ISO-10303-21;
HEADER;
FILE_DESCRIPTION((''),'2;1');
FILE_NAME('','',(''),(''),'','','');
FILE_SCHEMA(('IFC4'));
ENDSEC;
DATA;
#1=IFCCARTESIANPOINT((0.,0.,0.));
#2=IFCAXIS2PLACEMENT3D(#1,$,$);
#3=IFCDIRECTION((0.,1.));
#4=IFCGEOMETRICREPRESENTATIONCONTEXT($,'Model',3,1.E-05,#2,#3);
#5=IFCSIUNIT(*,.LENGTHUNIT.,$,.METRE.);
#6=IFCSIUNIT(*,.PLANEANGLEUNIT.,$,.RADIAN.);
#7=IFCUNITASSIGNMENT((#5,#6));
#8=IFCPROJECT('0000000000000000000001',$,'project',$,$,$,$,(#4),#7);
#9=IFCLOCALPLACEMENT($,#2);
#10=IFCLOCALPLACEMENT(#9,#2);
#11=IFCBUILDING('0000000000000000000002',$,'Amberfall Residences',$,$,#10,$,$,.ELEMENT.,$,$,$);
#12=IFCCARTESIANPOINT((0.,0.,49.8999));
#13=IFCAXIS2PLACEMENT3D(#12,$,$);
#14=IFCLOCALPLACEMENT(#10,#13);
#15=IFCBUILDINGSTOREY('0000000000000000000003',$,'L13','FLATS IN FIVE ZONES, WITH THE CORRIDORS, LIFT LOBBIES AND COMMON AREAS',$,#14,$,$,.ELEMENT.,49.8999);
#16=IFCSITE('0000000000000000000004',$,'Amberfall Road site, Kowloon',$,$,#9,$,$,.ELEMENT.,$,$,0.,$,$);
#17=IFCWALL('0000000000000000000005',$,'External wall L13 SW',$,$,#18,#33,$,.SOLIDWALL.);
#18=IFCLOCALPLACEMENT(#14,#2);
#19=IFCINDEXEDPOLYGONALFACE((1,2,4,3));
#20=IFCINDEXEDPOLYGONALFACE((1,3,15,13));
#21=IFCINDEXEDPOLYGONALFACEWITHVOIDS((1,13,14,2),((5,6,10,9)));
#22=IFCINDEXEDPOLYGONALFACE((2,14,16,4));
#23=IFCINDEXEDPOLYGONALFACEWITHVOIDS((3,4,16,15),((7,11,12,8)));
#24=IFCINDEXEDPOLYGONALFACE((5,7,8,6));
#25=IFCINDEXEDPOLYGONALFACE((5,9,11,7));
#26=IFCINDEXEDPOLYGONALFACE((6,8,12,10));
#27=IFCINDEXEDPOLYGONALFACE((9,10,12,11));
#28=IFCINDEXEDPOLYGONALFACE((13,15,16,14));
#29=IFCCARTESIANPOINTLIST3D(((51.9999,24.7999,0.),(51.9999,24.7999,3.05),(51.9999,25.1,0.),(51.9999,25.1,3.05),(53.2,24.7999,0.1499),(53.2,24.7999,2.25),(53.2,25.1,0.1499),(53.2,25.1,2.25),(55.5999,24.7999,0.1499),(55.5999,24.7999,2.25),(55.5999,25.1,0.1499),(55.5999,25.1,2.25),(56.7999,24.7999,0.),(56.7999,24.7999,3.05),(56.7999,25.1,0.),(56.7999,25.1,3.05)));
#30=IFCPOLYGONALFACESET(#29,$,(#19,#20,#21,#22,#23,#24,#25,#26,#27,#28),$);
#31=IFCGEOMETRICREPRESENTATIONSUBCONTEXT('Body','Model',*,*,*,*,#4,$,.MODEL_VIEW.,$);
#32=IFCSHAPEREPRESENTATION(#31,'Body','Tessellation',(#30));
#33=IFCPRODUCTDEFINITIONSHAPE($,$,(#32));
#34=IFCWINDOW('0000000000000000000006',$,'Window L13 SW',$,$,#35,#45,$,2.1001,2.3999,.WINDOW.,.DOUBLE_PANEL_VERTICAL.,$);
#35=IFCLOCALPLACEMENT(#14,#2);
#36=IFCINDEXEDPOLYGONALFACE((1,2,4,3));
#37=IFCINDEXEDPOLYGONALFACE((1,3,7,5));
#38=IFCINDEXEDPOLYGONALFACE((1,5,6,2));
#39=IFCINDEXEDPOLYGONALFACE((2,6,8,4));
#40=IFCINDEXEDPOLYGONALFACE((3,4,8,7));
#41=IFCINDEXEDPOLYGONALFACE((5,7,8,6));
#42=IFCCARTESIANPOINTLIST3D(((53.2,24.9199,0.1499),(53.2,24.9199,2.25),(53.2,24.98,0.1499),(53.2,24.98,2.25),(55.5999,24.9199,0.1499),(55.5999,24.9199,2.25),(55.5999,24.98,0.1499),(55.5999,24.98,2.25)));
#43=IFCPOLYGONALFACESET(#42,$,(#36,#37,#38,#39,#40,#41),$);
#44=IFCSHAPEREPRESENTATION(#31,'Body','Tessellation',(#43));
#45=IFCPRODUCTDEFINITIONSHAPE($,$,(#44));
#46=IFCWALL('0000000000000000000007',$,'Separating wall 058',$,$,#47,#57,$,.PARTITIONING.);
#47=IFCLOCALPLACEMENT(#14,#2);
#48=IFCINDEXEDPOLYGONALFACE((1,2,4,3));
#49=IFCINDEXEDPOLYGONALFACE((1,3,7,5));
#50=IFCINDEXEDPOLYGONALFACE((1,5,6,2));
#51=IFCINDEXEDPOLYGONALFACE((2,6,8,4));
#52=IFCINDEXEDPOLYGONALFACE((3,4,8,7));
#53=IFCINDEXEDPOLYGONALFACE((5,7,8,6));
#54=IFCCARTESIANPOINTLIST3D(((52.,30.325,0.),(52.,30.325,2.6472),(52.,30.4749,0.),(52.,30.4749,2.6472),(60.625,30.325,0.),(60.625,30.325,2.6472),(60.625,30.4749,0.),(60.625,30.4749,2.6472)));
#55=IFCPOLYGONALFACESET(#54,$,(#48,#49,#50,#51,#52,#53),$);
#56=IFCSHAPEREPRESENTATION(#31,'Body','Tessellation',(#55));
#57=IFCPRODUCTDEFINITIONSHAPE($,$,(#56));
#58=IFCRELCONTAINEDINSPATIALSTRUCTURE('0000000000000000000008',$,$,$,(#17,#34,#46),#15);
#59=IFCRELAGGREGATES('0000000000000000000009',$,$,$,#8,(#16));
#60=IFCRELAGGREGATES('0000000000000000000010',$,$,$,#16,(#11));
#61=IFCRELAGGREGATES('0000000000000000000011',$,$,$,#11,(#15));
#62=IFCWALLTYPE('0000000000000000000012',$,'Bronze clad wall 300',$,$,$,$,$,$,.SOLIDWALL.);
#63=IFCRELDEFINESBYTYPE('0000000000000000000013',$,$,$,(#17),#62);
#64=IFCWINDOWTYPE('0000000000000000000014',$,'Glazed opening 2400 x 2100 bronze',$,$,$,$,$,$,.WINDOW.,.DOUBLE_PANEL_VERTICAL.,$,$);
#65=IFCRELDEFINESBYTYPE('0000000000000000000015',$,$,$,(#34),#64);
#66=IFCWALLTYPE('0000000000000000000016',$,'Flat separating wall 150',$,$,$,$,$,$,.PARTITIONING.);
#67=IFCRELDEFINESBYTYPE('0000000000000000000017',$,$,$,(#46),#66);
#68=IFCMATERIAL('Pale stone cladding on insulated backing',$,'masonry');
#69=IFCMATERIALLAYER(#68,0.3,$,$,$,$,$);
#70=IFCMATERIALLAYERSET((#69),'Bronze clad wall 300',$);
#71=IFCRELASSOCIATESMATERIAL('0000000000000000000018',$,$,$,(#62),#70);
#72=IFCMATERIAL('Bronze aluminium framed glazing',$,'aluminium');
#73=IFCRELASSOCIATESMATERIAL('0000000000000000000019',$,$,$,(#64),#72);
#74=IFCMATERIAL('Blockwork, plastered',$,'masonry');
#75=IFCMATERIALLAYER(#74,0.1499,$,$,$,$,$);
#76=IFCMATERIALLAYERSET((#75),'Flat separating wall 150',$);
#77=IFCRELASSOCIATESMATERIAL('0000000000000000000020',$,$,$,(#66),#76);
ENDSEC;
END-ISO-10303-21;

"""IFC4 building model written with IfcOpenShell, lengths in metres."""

from ifc_helpers import new_model, si_unit, direction, frame, frame_2d, origin, place, context, subcontext, project, spatial, rectangle, extrude, material, layer, layer_set, type_object, element, fill, save


model = new_model("IFC4")

# Units and contexts
model_context = context("Model", 3, precision=1e-05, world=origin(), true_north=direction((0.0, 1.0)))
body_context = subcontext(model_context, "Body", "Model", "MODEL_VIEW")
ifc_project = project(units=[si_unit("LENGTHUNIT", "METRE"), si_unit("PLANEANGLEUNIT", "RADIAN")], contexts=[model_context])

# Site, building, storey
site_placement = place(None, origin())
site = spatial("IfcSite", under=ifc_project, at=site_placement, Name="Amberfall Road site, Kowloon", CompositionType="ELEMENT", RefElevation=0.0)
building_placement = place(site_placement, origin())
building = spatial("IfcBuilding", under=site, at=building_placement, Name="Amberfall Residences", CompositionType="ELEMENT")
storey_placement = place(building_placement, frame((0.0, 0.0, 49.8999)))
storey = spatial("IfcBuildingStorey", under=building, at=storey_placement, Name="L13", Description="FLATS IN FIVE ZONES, WITH THE CORRIDORS, LIFT LOBBIES AND COMMON AREAS", CompositionType="ELEMENT", Elevation=49.8999)

# Wall, opening, window
ifc_material_1 = material(Name="Pale stone cladding on insulated backing", Category="masonry")
ifc_layer_1 = layer(ifc_material_1, 0.3)
ifc_layer_set_1 = layer_set([ifc_layer_1], Name="Bronze clad wall 300")
wall_type_1 = type_object("IfcWallType", Name="Bronze clad wall 300", PredefinedType="SOLIDWALL", material=ifc_layer_set_1)
wall_1_placement = place(storey_placement, frame((52.0, 24.95, 0.0), z_axis=(0.0, 0.0, 1.0), x_axis=(1.0, 0.0, 0.0)))
wall_1 = element("IfcWall", 1, at=wall_1_placement, inside=storey, type_object=wall_type_1, Name="External wall L13 SW", PredefinedType="SOLIDWALL", context=body_context, shape_type="SweptSolid", body=[
    extrude(rectangle(XDim=4.8, YDim=0.3, at=frame_2d((2.3999, 0.0))), origin(), (0.0, 0.0, 1.0), 3.05),
])
opening_placement = place(wall_1_placement, frame((1.2, 0.0, 0.1499)))
opening = element("IfcOpeningElement", 2, at=opening_placement, cuts=wall_1, PredefinedType="OPENING", context=body_context, shape_type="SweptSolid", body=[
    extrude(rectangle(XDim=2.3999, YDim=2.1001, at=frame_2d((1.2, 1.05))), frame((0.0, 0.1599, 0.0), z_axis=(0.0, -1.0, 0.0), x_axis=(1.0, 0.0, 0.0)), (0.0, 0.0, 1.0), 0.3201),
])
ifc_material_2 = material(Name="Bronze aluminium framed glazing", Category="aluminium")
window_type = type_object("IfcWindowType", Name="Glazed opening 2400 x 2100 bronze", PartitioningType="DOUBLE_PANEL_VERTICAL", PredefinedType="WINDOW", material=ifc_material_2)
window_placement = place(opening_placement, origin())
window = element("IfcWindow", 3, at=window_placement, inside=storey, type_object=window_type, Name="Window L13 SW", OverallHeight=2.1001, OverallWidth=2.3999, PartitioningType="DOUBLE_PANEL_VERTICAL", PredefinedType="WINDOW", context=body_context, shape_type="SweptSolid", body=[
    extrude(rectangle(XDim=2.3999, YDim=2.1001, at=frame_2d((1.2, 1.05))), frame((0.0, 0.03, 0.0), z_axis=(0.0, -1.0, 0.0), x_axis=(1.0, 0.0, 0.0)), (0.0, 0.0, 1.0), 0.0601),
])
fill(opening, window)

# Wall
ifc_material_3 = material(Name="Blockwork, plastered", Category="masonry")
ifc_layer_2 = layer(ifc_material_3, 0.1499)
ifc_layer_set_2 = layer_set([ifc_layer_2], Name="Flat separating wall 150")
wall_type_2 = type_object("IfcWallType", Name="Flat separating wall 150", PredefinedType="PARTITIONING", material=ifc_layer_set_2)
wall_2_placement = place(storey_placement, frame((52.0, 30.3999, 0.0), z_axis=(0.0, 0.0, 1.0), x_axis=(1.0, 0.0, 0.0)))
element("IfcWall", 4, at=wall_2_placement, inside=storey, type_object=wall_type_2, Name="Separating wall 058", PredefinedType="PARTITIONING", context=body_context, shape_type="SweptSolid", body=[
    extrude(rectangle(XDim=8.625, YDim=0.1499, at=frame_2d((4.3125, 0.0))), origin(), (0.0, 0.0, 1.0), 2.6472),
])

save(model, "model.ifc")
